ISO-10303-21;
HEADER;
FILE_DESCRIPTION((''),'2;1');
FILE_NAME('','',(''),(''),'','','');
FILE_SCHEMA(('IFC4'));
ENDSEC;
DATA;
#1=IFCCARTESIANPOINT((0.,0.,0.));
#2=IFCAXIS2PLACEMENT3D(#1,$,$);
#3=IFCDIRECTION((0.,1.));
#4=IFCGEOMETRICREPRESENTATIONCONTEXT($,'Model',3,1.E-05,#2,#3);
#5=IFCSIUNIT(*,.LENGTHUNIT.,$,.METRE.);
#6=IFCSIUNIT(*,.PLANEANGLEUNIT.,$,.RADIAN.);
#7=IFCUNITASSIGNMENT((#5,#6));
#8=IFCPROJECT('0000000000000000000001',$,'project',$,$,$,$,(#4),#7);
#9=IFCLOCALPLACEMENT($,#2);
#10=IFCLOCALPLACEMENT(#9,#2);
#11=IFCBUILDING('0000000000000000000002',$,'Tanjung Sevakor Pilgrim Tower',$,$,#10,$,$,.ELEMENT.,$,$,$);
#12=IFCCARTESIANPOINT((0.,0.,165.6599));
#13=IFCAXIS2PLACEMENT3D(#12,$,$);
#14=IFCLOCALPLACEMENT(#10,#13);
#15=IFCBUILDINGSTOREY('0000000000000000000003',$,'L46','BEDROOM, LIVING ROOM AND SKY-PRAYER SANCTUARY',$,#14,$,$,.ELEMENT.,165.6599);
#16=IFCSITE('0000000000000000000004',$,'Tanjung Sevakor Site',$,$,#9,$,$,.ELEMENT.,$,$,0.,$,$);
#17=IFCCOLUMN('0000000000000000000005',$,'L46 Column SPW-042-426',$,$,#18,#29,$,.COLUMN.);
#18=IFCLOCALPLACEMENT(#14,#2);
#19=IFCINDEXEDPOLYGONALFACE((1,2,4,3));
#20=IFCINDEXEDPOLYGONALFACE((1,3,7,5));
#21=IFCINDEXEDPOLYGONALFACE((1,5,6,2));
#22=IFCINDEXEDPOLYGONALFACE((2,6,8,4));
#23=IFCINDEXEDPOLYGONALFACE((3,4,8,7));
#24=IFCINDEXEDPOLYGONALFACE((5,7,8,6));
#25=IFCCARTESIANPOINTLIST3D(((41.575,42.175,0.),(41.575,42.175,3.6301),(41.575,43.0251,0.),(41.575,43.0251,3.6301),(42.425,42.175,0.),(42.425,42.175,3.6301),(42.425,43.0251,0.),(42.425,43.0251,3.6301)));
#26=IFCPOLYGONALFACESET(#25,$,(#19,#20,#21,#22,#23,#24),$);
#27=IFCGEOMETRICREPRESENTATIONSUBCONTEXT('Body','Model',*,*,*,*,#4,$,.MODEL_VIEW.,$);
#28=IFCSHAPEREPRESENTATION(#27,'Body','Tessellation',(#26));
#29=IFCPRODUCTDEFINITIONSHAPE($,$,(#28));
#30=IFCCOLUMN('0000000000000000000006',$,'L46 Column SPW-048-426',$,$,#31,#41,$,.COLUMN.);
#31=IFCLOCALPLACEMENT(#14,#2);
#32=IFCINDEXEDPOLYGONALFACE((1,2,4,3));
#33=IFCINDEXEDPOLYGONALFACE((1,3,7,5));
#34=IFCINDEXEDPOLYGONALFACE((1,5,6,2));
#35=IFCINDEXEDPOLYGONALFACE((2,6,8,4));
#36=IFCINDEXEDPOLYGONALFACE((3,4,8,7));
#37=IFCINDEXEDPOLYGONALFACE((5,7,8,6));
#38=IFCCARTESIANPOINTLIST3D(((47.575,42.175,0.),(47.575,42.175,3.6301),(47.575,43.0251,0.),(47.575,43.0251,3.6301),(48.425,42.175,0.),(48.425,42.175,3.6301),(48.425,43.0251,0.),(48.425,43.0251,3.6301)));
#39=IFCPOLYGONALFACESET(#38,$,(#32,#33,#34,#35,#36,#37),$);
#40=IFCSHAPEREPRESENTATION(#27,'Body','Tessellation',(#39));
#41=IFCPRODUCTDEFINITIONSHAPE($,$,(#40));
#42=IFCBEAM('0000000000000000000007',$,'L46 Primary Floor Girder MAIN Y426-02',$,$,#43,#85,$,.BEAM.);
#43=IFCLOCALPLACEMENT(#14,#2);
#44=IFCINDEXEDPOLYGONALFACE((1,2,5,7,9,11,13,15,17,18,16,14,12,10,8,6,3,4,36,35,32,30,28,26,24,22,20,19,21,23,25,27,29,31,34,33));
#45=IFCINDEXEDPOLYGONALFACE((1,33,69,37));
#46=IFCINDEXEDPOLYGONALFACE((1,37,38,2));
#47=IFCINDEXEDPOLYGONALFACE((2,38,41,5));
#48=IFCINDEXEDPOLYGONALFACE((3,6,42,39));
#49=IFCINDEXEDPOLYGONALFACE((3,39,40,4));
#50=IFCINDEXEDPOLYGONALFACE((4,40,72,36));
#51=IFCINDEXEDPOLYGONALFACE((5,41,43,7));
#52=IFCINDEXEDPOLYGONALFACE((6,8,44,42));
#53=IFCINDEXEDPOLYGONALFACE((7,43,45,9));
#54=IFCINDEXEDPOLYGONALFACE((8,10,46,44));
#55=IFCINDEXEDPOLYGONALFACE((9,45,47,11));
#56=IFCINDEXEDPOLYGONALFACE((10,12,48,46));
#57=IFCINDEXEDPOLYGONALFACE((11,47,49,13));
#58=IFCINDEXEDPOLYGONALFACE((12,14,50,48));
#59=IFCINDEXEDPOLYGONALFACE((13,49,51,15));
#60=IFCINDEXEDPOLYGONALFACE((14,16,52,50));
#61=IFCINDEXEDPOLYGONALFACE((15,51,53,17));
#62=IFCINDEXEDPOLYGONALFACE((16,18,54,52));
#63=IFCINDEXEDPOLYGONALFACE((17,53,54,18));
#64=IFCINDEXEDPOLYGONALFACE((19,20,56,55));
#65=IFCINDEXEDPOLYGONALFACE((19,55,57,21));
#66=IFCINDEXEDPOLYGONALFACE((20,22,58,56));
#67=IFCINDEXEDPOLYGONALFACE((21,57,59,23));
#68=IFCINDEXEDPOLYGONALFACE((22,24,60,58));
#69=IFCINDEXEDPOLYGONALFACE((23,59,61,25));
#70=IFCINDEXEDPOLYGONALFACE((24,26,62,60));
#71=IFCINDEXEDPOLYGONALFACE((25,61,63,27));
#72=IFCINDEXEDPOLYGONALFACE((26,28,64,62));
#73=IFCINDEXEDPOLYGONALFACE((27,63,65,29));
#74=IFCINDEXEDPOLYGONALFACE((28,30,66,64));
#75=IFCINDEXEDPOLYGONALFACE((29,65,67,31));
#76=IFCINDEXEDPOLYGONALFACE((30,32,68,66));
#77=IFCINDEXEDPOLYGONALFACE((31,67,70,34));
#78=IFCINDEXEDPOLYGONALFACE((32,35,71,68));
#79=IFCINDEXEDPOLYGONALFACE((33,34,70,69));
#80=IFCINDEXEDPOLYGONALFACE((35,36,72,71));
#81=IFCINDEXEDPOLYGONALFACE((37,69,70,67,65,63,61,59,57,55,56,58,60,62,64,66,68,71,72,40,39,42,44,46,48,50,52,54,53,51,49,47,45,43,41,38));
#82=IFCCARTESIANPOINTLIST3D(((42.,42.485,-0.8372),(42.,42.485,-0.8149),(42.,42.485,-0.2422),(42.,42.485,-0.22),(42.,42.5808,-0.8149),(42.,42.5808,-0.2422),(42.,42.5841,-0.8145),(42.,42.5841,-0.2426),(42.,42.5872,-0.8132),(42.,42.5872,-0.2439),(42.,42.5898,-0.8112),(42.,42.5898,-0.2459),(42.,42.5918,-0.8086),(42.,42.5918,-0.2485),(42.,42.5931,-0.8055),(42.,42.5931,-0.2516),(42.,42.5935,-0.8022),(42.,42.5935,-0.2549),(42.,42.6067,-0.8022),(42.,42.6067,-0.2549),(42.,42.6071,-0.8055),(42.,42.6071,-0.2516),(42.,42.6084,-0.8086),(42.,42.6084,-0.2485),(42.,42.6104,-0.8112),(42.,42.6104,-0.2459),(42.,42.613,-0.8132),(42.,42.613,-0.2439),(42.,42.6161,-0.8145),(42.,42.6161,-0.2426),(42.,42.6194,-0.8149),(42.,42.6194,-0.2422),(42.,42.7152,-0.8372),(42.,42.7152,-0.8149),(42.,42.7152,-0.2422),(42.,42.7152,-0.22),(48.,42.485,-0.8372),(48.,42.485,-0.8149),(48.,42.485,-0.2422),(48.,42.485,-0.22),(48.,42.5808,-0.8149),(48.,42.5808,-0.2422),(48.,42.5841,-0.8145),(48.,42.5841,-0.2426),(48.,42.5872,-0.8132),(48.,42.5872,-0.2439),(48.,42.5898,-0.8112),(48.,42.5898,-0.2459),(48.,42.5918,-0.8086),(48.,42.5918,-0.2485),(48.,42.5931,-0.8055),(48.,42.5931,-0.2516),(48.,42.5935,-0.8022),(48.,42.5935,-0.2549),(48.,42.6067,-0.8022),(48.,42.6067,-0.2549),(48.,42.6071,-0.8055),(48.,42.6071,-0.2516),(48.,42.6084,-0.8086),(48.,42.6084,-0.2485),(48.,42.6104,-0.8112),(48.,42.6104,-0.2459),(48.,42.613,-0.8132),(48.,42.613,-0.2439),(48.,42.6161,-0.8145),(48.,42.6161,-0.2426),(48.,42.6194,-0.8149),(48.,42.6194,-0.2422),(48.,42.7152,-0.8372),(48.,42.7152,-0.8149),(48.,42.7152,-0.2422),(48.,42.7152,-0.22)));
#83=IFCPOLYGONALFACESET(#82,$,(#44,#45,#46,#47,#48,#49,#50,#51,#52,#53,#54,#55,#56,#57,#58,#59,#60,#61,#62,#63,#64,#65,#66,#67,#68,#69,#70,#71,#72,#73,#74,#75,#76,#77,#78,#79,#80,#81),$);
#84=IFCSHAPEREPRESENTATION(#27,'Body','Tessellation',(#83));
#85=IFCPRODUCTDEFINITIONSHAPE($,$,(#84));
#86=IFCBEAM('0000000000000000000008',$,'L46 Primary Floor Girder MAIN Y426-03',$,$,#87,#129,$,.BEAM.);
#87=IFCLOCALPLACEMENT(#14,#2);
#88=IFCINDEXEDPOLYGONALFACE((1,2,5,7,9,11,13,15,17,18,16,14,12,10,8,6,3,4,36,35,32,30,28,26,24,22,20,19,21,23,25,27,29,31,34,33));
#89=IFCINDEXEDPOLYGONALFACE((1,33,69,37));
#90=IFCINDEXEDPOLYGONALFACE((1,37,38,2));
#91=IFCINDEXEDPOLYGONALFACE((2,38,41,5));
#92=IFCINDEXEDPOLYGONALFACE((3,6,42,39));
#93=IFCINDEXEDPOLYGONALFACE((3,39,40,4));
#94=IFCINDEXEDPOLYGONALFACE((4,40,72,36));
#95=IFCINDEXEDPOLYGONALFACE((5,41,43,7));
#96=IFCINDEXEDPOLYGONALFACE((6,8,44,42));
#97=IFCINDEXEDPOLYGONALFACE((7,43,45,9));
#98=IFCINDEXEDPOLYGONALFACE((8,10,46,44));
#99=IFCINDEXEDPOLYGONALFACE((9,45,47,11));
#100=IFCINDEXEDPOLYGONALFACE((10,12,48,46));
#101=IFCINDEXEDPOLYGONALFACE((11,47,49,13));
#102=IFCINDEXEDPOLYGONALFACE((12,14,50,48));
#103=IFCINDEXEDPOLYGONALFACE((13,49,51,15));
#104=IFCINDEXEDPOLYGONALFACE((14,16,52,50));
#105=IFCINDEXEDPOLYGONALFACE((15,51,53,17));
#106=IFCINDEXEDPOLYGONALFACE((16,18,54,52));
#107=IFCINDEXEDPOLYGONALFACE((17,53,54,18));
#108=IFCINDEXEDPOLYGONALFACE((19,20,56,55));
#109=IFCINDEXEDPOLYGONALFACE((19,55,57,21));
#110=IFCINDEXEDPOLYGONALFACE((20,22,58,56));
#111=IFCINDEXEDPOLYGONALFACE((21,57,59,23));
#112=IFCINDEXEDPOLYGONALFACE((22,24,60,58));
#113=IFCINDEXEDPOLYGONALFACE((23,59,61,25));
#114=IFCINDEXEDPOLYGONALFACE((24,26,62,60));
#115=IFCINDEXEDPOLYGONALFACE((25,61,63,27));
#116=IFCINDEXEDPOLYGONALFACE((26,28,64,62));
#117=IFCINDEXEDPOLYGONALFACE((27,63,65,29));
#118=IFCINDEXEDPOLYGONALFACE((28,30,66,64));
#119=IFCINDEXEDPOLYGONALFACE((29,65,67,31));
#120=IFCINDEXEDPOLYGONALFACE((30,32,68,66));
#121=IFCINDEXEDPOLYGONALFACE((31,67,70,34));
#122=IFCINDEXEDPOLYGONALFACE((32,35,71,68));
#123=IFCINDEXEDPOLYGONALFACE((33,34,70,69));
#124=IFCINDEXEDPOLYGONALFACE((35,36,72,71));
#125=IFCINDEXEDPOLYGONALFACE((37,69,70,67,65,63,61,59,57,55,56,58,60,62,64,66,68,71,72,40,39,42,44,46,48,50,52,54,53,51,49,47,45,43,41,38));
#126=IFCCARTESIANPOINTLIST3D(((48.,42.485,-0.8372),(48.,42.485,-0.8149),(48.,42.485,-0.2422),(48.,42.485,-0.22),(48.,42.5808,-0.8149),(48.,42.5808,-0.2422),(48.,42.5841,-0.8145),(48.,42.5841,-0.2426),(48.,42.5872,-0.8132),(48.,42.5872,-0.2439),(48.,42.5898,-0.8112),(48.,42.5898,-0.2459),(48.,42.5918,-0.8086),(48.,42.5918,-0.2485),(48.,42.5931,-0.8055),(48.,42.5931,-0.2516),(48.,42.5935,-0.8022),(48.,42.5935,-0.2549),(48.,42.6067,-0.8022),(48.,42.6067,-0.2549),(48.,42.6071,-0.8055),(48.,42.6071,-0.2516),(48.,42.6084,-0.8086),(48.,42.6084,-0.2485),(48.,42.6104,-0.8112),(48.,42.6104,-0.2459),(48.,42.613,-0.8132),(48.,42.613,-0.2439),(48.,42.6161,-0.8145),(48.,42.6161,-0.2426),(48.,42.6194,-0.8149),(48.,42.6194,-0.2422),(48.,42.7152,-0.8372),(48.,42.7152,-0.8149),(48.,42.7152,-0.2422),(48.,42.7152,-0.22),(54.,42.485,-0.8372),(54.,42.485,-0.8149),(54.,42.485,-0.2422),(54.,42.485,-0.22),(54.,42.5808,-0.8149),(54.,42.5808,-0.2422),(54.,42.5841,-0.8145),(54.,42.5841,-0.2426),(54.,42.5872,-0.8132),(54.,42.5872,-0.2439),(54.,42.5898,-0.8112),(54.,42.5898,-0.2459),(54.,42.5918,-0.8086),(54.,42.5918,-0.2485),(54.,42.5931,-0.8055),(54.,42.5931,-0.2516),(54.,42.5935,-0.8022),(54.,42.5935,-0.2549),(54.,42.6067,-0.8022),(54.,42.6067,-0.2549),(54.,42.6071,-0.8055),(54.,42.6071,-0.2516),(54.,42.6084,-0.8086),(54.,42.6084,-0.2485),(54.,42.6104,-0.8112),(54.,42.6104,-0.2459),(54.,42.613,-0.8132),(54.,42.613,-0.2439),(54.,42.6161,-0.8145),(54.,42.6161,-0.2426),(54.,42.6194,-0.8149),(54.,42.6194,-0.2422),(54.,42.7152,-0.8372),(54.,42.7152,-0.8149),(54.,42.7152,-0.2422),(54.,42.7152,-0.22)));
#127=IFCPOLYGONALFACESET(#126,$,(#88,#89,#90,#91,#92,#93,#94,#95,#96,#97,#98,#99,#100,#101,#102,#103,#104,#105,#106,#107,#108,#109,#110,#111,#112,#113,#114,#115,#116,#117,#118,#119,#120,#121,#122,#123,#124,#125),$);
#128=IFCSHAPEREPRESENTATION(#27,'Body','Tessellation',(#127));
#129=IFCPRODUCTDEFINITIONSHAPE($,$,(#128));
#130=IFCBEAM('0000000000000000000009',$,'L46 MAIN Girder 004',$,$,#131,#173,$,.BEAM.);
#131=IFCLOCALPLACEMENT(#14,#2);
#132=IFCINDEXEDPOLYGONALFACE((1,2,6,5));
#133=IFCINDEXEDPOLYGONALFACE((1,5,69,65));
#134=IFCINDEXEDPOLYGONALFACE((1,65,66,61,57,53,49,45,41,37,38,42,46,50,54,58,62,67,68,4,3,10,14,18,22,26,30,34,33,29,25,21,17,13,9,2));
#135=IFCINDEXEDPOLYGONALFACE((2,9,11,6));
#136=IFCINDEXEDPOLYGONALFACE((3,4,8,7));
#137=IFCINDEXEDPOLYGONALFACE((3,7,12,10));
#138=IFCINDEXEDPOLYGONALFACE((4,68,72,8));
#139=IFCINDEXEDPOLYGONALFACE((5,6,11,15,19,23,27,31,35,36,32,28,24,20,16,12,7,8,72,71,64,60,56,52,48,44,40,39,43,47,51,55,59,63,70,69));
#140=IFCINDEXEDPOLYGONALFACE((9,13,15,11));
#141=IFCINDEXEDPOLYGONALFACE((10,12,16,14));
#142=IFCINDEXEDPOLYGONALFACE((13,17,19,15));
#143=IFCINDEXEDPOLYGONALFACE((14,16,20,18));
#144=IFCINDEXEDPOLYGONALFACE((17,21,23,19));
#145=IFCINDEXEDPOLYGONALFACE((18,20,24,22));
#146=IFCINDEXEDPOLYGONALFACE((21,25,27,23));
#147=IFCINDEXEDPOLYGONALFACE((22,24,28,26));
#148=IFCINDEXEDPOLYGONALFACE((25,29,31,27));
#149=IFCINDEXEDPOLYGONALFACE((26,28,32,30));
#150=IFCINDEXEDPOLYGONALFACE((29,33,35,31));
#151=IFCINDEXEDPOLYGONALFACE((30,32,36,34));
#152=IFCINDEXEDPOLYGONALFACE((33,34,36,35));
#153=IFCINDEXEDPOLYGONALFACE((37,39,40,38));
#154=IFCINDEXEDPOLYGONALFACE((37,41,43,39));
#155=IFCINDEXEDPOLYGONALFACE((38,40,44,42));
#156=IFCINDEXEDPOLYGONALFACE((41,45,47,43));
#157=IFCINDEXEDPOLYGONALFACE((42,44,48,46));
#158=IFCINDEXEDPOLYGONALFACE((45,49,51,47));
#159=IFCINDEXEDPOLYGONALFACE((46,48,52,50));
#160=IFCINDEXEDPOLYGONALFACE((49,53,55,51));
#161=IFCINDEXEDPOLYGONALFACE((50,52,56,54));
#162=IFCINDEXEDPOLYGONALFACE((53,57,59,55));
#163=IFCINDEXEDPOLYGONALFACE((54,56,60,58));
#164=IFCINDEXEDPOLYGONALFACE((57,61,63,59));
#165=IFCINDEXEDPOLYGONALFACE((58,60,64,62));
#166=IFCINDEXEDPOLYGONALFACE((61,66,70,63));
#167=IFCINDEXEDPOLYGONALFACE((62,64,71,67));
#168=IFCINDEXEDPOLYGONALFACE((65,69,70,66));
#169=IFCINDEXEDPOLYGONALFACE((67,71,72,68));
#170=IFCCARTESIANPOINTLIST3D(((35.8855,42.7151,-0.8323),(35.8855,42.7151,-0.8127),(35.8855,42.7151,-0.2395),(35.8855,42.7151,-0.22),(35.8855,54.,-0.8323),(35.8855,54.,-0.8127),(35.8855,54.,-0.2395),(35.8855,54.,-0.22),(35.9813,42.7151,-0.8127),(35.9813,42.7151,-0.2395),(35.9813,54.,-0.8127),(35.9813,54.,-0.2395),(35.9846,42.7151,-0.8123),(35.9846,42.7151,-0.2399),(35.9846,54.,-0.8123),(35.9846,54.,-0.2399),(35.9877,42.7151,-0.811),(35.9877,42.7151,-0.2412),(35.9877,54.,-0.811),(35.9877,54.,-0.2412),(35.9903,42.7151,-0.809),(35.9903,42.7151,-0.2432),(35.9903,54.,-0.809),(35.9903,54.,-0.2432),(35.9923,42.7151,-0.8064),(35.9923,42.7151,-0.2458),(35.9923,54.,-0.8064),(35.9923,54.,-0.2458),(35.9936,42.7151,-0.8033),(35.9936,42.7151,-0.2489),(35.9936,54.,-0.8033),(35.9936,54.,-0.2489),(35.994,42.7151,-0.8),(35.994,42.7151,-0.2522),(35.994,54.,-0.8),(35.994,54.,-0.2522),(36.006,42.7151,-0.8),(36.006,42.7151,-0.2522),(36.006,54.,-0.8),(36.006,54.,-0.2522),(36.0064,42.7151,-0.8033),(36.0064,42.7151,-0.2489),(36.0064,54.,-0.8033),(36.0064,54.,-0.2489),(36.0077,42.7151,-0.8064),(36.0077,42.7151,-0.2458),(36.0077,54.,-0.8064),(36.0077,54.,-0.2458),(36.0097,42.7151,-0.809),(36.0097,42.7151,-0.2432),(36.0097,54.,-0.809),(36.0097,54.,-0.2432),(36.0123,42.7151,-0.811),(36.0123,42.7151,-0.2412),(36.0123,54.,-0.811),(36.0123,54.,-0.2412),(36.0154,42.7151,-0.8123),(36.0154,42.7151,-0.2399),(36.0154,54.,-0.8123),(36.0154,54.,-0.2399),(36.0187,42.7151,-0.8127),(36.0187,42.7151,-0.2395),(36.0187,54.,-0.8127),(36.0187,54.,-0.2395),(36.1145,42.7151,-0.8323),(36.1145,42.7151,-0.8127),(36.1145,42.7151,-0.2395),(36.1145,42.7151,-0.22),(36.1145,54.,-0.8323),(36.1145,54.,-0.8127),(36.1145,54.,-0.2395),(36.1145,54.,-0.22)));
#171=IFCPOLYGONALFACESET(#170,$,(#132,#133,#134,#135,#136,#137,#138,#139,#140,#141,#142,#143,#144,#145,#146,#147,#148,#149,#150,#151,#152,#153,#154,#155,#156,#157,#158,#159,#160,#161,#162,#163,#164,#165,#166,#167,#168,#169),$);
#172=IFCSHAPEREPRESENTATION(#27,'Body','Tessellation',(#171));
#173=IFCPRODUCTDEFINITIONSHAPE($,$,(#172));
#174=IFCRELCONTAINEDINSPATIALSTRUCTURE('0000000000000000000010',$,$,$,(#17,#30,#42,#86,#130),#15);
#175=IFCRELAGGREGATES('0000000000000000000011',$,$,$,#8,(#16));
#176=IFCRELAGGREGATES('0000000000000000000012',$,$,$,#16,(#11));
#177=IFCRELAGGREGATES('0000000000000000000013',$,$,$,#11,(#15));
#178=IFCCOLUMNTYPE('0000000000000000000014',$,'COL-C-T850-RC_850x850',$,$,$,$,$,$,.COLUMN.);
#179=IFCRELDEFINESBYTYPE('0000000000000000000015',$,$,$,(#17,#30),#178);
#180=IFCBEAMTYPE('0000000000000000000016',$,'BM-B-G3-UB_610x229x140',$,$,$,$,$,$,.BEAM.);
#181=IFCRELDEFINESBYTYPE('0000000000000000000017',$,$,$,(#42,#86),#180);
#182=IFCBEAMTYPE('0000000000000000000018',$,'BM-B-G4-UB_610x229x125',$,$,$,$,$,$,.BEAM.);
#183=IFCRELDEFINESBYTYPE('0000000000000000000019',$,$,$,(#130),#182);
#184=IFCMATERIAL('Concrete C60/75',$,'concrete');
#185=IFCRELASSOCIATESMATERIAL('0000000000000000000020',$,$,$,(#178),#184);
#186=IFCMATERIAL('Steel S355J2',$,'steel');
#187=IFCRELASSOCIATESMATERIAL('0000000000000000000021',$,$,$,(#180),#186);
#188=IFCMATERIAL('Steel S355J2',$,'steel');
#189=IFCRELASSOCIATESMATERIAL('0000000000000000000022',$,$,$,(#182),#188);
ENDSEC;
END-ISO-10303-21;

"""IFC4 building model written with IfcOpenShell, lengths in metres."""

from ifc_helpers import new_model, si_unit, direction, frame, origin, origin_2d, place, context, subcontext, project, spatial, rectangle, i_section, extrude, material, material_profile, profile_set, type_object, element, save


model = new_model("IFC4")

# Units and contexts
model_context = context("Model", 3, precision=1e-05, world=origin(), true_north=direction((0.0, 1.0)))
body_context = subcontext(model_context, "Body", "Model", "MODEL_VIEW")
ifc_project = project(units=[si_unit("LENGTHUNIT", "METRE"), si_unit("PLANEANGLEUNIT", "RADIAN")], contexts=[model_context])

# Site, building, storey
site_placement = place(None, origin())
site = spatial("IfcSite", under=ifc_project, at=site_placement, Name="Tanjung Sevakor Site", CompositionType="ELEMENT", RefElevation=0.0)
building_placement = place(site_placement, origin())
building = spatial("IfcBuilding", under=site, at=building_placement, Name="Tanjung Sevakor Pilgrim Tower", CompositionType="ELEMENT")
storey_placement = place(building_placement, frame((0.0, 0.0, 165.6599)))
storey = spatial("IfcBuildingStorey", under=building, at=storey_placement, Name="L46", Description="BEDROOM, LIVING ROOM AND SKY-PRAYER SANCTUARY", CompositionType="ELEMENT", Elevation=165.6599)

# Columns
ifc_material_1 = material(Name="Concrete C60/75", Category="concrete")
ifc_material_profile_1 = material_profile(ifc_material_1, rectangle(XDim=0.8501, YDim=0.8501, at=origin_2d()))
ifc_profile_set_1 = profile_set([ifc_material_profile_1], Name="Concrete C60/75")
column_type = type_object("IfcColumnType", Name="COL-C-T850-RC_850x850", PredefinedType="COLUMN", material=ifc_profile_set_1)
for number, where, z_axis, x_axis, name in (
    (1, (42.0, 42.6001, 0.0), (0.0, 0.0, 1.0), (1.0, 0.0, 0.0), "L46 Column SPW-042-426"),
    (2, (48.0, 42.6001, 0.0), (0.0, 0.0, 1.0), (1.0, 0.0, 0.0), "L46 Column SPW-048-426"),
):
    element("IfcColumn", number, at=place(storey_placement, frame(where, z_axis=z_axis, x_axis=x_axis)), inside=storey, type_object=column_type, Name=name, PredefinedType="COLUMN", context=body_context, shape_type="SweptSolid", body=[
        extrude(rectangle(XDim=0.8501, YDim=0.8501, at=origin_2d()), origin(), (0.0, 0.0, 1.0), 3.6301),
    ])

# Beams
ifc_material_2 = material(Name="Steel S355J2", Category="steel")
ifc_material_profile_2 = material_profile(ifc_material_2, i_section(OverallWidth=0.2302, OverallDepth=0.6172, WebThickness=0.0132, FlangeThickness=0.0222, FilletRadius=0.0127, at=origin_2d()))
ifc_profile_set_2 = profile_set([ifc_material_profile_2], Name="Steel S355J2")
beam_type_1 = type_object("IfcBeamType", Name="BM-B-G3-UB_610x229x140", PredefinedType="BEAM", material=ifc_profile_set_2)
for number, where, z_axis, x_axis, name in (
    (3, (42.0, 42.6001, -0.5286), (1.0, 0.0, 0.0), (0.0, 1.0, 0.0), "L46 Primary Floor Girder MAIN Y426-02"),
    (4, (48.0, 42.6001, -0.5286), (1.0, 0.0, 0.0), (0.0, 1.0, 0.0), "L46 Primary Floor Girder MAIN Y426-03"),
):
    element("IfcBeam", number, at=place(storey_placement, frame(where, z_axis=z_axis, x_axis=x_axis)), inside=storey, type_object=beam_type_1, Name=name, PredefinedType="BEAM", context=body_context, shape_type="SweptSolid", body=[
        extrude(i_section(OverallWidth=0.2302, OverallDepth=0.6172, WebThickness=0.0132, FlangeThickness=0.0222, FilletRadius=0.0127, at=origin_2d()), origin(), (0.0, 0.0, 1.0), 6.0),
    ])
ifc_material_3 = material(Name="Steel S355J2", Category="steel")
ifc_material_profile_3 = material_profile(ifc_material_3, i_section(OverallWidth=0.229, OverallDepth=0.6123, WebThickness=0.012, FlangeThickness=0.0195, FilletRadius=0.0127, at=origin_2d()))
ifc_profile_set_3 = profile_set([ifc_material_profile_3], Name="Steel S355J2")
beam_type_2 = type_object("IfcBeamType", Name="BM-B-G4-UB_610x229x125", PredefinedType="BEAM", material=ifc_profile_set_3)
beam_1_placement = place(storey_placement, frame((36.0, 42.7151, -0.5261), z_axis=(0.0, 1.0, 0.0), x_axis=(-1.0, 0.0, 0.0)))
element("IfcBeam", 5, at=beam_1_placement, inside=storey, type_object=beam_type_2, Name="L46 MAIN Girder 004", PredefinedType="BEAM", context=body_context, shape_type="SweptSolid", body=[
    extrude(i_section(OverallWidth=0.229, OverallDepth=0.6123, WebThickness=0.012, FlangeThickness=0.0195, FilletRadius=0.0127, at=origin_2d()), origin(), (0.0, 0.0, 1.0), 11.2849),
])

save(model, "model.ifc")
